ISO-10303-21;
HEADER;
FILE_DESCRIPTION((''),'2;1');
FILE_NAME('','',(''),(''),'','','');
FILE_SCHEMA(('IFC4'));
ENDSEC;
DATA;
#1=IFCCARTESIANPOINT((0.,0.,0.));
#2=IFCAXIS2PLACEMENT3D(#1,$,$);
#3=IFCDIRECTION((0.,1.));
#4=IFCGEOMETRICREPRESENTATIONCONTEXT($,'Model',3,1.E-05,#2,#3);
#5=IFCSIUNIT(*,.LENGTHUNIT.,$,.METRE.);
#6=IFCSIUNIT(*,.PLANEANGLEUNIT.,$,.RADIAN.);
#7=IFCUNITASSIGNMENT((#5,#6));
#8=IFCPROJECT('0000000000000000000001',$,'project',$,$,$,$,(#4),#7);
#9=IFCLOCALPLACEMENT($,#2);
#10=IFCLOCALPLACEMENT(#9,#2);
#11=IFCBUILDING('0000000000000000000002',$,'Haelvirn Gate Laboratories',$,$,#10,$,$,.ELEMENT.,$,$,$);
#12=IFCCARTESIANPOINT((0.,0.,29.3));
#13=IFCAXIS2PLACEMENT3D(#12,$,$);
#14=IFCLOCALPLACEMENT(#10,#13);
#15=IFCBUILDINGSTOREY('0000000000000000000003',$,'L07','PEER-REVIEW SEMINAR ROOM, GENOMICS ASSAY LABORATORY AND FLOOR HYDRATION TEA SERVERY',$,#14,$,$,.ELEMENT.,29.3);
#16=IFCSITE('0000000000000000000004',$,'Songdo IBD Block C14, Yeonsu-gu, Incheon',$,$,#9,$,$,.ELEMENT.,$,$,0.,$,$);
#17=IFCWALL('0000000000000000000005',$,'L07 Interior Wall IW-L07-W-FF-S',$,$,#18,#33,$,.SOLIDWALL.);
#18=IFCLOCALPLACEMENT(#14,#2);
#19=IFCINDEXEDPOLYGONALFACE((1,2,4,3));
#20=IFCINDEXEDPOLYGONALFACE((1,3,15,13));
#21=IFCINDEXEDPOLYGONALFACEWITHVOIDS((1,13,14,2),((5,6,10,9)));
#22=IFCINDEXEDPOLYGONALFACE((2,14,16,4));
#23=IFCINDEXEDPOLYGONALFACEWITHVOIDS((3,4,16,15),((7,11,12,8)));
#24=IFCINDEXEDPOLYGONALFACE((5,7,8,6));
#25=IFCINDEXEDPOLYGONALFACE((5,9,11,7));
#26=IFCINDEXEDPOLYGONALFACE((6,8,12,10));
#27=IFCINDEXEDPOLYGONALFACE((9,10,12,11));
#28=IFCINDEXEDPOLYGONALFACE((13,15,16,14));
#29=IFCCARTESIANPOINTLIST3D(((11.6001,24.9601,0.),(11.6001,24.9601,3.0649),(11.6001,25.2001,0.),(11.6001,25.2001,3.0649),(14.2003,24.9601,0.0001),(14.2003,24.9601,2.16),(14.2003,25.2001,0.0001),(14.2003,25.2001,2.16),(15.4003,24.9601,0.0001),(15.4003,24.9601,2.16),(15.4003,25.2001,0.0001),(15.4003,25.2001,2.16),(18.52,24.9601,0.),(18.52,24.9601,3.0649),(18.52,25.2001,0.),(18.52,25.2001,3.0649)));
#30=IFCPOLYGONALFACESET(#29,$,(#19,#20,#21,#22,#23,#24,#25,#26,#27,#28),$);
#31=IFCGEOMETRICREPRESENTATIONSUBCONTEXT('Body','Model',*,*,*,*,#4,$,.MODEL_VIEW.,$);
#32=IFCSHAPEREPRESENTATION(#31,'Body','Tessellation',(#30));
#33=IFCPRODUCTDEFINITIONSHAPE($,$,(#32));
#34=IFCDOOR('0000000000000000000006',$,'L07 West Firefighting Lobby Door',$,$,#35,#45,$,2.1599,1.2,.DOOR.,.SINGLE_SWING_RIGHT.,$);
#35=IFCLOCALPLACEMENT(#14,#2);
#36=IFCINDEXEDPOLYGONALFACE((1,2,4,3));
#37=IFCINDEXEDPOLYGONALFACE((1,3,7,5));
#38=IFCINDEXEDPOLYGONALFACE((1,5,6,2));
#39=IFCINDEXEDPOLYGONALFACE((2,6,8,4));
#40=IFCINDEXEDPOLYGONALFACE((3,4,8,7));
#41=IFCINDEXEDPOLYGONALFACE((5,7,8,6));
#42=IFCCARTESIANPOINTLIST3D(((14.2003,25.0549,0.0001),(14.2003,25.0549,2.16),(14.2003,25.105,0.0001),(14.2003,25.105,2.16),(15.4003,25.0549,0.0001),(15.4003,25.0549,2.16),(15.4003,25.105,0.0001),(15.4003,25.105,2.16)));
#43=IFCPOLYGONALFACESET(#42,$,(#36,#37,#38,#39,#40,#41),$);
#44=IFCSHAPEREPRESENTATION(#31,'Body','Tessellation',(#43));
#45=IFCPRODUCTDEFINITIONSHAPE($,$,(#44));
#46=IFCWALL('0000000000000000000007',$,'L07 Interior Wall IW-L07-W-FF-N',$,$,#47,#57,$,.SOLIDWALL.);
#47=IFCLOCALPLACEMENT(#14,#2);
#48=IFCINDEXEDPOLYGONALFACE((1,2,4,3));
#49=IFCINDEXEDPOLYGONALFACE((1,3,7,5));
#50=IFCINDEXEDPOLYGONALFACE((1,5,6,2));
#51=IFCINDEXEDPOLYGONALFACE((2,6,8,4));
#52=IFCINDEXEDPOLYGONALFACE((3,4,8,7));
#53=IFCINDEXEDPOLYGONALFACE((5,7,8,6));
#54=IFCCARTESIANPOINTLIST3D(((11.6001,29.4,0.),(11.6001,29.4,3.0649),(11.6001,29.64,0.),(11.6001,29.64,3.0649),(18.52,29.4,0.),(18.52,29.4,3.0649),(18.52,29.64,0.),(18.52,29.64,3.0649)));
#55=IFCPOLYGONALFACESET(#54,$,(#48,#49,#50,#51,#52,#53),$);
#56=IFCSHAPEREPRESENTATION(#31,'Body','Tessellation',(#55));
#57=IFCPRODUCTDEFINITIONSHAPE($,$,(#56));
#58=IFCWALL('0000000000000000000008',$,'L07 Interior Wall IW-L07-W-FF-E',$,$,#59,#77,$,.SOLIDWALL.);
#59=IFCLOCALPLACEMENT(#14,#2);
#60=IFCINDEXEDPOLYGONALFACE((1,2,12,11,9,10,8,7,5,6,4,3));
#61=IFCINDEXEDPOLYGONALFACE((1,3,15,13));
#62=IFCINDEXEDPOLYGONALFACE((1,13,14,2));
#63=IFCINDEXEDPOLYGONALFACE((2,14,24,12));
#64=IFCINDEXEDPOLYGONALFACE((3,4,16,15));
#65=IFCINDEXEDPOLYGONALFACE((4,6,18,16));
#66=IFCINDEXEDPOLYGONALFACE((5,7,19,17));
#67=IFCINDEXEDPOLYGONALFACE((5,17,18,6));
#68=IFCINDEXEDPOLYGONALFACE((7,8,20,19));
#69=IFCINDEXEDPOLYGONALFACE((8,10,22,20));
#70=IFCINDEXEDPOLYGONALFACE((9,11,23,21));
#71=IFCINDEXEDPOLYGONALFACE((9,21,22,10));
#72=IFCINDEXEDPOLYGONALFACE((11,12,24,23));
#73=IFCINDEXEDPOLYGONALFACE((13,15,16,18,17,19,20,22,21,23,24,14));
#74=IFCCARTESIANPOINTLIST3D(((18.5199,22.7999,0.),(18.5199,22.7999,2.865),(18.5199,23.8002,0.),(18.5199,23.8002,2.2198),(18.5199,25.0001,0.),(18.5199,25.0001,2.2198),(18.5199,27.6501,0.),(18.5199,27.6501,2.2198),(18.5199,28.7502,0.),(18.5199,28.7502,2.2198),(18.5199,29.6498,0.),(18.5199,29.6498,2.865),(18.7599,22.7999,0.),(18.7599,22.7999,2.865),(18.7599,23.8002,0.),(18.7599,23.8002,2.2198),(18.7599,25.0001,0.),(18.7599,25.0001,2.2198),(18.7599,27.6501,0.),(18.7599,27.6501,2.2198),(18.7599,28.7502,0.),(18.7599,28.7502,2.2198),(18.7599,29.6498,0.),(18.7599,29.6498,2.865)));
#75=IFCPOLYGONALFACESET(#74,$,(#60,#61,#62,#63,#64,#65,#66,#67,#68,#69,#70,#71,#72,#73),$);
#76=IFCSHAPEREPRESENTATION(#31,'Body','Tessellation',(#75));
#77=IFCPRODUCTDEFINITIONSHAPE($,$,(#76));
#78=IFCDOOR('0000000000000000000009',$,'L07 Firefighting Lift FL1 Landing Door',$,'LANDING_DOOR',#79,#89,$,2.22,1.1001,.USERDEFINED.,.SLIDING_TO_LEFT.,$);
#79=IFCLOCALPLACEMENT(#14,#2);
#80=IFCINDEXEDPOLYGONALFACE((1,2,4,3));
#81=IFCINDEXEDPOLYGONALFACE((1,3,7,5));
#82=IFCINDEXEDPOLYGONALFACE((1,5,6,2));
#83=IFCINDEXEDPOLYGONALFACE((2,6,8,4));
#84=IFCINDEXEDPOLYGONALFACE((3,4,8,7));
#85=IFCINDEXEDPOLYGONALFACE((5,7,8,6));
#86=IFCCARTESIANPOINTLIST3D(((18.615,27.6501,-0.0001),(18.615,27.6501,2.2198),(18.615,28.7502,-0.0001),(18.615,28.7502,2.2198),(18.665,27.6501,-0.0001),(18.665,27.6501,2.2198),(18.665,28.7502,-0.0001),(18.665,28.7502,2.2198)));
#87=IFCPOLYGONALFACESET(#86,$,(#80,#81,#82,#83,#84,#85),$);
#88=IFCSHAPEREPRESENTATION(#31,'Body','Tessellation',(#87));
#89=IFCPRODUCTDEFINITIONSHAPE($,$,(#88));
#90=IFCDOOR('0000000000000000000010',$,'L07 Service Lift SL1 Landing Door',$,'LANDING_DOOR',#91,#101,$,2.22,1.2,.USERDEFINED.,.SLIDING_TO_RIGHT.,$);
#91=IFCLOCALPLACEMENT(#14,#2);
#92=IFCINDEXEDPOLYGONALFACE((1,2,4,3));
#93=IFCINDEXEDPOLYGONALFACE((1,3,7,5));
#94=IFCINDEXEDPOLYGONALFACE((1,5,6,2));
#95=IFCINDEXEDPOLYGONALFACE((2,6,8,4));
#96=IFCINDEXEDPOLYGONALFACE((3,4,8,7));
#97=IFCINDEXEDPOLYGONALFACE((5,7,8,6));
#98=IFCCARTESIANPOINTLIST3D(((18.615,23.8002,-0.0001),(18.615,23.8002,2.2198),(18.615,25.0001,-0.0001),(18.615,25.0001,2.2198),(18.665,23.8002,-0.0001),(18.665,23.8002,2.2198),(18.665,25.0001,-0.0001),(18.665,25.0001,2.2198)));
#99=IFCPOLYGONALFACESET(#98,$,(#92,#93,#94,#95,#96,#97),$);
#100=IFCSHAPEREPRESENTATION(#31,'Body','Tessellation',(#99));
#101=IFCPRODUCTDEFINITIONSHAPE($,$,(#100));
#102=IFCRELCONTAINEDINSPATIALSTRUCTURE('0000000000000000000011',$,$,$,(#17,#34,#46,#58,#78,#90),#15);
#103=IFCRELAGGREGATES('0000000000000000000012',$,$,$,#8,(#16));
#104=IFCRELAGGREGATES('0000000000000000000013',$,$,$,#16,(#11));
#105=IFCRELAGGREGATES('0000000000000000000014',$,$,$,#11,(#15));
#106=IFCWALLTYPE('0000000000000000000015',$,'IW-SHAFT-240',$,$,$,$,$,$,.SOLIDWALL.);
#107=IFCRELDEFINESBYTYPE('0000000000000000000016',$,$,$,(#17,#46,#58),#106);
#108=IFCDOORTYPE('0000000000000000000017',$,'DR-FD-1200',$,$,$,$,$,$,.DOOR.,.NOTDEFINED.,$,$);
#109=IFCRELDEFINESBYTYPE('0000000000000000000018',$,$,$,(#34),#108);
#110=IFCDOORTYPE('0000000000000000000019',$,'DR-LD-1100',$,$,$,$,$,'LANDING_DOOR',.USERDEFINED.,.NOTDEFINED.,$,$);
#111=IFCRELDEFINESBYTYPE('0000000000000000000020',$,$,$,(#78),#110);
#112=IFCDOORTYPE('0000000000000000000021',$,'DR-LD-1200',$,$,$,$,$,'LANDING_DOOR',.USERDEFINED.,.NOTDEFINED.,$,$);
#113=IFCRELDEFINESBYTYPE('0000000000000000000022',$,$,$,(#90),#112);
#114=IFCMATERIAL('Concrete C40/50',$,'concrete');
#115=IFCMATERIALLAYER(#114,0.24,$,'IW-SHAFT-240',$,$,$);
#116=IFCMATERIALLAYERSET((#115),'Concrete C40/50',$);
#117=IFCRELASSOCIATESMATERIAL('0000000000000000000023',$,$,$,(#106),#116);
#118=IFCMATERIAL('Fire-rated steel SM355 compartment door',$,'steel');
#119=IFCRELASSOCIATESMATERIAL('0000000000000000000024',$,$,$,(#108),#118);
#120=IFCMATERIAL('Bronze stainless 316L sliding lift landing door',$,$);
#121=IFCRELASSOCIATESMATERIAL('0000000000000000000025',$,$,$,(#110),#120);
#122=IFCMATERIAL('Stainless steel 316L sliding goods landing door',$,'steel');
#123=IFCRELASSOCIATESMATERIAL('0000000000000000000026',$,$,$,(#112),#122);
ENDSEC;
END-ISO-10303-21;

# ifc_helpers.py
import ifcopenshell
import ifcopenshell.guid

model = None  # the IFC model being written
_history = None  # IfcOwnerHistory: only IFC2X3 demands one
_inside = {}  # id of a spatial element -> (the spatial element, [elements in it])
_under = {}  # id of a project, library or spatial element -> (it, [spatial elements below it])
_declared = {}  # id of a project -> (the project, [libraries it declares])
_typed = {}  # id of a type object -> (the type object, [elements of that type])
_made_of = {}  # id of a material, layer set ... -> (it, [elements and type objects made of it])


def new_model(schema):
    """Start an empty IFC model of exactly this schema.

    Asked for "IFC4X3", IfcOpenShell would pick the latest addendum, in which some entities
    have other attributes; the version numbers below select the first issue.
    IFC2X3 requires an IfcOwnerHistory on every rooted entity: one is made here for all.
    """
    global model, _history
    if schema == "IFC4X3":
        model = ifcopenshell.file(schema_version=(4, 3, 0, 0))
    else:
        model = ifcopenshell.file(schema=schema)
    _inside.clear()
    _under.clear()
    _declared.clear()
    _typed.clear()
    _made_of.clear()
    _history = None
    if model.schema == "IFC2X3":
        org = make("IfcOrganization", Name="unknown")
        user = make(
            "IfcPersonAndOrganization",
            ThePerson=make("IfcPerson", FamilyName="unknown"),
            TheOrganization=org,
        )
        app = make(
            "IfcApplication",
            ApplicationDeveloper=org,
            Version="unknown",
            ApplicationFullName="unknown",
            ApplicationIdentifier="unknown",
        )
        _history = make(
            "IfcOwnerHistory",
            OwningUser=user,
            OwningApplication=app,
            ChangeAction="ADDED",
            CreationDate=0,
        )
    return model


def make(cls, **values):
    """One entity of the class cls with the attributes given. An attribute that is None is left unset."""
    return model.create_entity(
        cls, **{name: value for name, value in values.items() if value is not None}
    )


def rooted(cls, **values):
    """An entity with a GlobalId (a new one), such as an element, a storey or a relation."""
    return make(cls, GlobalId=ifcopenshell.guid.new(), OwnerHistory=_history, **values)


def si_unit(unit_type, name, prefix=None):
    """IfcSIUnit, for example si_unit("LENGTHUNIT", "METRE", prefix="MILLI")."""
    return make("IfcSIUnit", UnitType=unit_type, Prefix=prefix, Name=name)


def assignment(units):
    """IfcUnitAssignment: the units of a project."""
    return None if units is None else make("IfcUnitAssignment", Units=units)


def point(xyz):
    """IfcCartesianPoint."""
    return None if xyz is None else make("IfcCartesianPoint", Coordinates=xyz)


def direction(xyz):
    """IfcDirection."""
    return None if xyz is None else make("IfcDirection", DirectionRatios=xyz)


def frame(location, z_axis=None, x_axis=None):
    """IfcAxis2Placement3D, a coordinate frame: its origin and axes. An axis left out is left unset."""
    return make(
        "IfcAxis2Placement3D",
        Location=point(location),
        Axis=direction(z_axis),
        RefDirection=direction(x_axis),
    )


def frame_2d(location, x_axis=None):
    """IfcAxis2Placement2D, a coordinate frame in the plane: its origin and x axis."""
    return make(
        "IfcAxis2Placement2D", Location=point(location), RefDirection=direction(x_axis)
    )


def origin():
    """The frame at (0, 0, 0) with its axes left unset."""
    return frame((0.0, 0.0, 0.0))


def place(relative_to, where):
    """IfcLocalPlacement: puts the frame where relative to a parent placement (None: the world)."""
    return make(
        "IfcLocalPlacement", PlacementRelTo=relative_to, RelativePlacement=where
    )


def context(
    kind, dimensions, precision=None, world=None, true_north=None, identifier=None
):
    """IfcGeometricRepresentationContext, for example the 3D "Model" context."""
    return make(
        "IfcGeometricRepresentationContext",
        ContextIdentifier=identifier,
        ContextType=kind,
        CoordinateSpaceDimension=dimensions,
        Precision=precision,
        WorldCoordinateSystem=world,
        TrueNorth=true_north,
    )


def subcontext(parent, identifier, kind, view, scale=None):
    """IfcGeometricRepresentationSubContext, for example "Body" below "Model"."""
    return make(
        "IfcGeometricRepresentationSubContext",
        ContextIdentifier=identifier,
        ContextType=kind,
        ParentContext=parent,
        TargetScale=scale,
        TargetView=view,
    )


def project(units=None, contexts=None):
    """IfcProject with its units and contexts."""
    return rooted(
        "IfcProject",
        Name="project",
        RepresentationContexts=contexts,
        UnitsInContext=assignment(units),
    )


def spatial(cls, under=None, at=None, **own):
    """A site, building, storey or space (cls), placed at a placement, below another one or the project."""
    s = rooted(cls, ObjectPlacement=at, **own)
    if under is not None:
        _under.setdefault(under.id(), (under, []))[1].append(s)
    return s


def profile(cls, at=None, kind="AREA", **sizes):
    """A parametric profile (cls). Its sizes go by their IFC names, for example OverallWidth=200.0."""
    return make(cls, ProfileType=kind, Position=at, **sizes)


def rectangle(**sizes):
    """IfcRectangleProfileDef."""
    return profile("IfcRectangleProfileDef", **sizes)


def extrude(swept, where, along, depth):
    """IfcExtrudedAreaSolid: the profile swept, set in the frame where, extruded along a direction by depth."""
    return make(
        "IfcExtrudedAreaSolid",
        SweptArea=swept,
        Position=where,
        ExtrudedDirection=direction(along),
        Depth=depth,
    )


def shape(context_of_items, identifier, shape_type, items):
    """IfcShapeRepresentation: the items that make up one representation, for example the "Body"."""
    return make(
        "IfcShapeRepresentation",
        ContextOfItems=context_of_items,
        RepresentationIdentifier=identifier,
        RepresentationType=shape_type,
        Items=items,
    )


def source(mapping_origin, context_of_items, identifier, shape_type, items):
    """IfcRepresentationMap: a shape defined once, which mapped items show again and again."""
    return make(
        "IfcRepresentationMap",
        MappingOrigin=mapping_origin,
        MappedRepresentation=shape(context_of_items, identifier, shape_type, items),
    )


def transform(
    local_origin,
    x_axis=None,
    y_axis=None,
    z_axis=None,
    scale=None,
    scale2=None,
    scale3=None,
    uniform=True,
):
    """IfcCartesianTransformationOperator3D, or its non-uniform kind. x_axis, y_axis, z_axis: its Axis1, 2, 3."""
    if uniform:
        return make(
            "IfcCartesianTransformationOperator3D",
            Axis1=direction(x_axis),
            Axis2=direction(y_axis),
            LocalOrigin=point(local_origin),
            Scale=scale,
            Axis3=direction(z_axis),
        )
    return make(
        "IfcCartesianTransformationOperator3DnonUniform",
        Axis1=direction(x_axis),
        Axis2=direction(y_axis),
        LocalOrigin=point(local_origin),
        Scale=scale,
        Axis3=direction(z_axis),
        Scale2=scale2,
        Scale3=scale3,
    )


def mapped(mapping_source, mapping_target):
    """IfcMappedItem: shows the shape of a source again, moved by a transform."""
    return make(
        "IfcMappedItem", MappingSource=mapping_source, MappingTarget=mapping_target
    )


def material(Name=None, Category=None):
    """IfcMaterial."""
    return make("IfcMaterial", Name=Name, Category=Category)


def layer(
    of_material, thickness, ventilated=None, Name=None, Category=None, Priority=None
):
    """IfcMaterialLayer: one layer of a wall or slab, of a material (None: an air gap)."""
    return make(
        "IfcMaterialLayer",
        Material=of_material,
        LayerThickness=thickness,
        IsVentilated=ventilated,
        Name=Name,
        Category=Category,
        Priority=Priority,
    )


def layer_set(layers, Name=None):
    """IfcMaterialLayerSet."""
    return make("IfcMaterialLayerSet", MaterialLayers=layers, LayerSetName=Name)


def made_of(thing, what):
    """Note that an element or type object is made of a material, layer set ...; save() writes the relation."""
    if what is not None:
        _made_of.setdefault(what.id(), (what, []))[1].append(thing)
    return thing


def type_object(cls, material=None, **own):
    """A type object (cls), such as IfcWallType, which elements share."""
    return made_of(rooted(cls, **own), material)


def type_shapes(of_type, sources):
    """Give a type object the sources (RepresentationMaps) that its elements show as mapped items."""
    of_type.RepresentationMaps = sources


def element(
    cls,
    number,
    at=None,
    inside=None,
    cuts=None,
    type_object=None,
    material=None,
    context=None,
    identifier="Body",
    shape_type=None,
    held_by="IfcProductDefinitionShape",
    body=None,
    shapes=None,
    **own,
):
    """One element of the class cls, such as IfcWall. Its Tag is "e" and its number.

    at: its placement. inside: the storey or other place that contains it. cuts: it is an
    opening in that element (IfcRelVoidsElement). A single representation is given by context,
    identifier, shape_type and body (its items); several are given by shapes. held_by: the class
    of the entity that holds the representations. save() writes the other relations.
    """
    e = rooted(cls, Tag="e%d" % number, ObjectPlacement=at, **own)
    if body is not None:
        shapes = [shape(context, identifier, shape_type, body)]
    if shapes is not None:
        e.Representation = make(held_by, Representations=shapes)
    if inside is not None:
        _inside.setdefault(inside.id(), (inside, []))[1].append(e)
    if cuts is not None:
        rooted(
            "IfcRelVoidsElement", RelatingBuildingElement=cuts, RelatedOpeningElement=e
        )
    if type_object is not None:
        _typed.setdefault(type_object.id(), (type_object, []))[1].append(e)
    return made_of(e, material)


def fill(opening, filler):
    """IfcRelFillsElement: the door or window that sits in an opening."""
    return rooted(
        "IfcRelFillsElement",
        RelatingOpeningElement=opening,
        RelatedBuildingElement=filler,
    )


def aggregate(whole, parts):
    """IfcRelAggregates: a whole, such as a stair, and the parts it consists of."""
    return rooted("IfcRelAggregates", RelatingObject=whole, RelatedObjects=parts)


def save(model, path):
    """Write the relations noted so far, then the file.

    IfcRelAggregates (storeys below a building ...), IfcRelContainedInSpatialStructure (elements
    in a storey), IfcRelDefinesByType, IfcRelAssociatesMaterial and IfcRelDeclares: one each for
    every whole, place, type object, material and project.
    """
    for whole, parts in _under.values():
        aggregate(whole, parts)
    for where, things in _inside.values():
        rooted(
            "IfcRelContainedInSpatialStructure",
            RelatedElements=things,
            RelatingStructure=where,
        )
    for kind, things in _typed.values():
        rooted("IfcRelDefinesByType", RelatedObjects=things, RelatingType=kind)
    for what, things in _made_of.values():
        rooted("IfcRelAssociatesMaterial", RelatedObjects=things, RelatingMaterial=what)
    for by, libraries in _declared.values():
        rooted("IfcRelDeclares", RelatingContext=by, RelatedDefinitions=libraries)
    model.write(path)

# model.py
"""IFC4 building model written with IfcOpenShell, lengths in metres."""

from ifc_helpers import new_model, si_unit, direction, frame, frame_2d, origin, place, context, subcontext, project, spatial, rectangle, extrude, source, transform, mapped, material, layer, layer_set, type_object, type_shapes, element, fill, save


model = new_model("IFC4")

# Units and contexts
model_context = context("Model", 3, precision=1e-05, world=origin(), true_north=direction((0.0, 1.0)))
body_context = subcontext(model_context, "Body", "Model", "MODEL_VIEW")
ifc_project = project(units=[si_unit("LENGTHUNIT", "METRE"), si_unit("PLANEANGLEUNIT", "RADIAN")], contexts=[model_context])

# Site, building, storey
site_placement = place(None, origin())
site = spatial("IfcSite", under=ifc_project, at=site_placement, Name="Songdo IBD Block C14, Yeonsu-gu, Incheon", CompositionType="ELEMENT", RefElevation=0.0)
building_placement = place(site_placement, origin())
building = spatial("IfcBuilding", under=site, at=building_placement, Name="Haelvirn Gate Laboratories", CompositionType="ELEMENT")
storey_placement = place(building_placement, frame((0.0, 0.0, 29.3)))
storey = spatial("IfcBuildingStorey", under=building, at=storey_placement, Name="L07", Description="PEER-REVIEW SEMINAR ROOM, GENOMICS ASSAY LABORATORY AND FLOOR HYDRATION TEA SERVERY", CompositionType="ELEMENT", Elevation=29.3)

# Shared definitions
ifc_material_1 = material(Name="Concrete C40/50", Category="concrete")

# Wall, opening, door
ifc_layer_1 = layer(ifc_material_1, 0.24, Name="IW-SHAFT-240")
ifc_layer_set_1 = layer_set([ifc_layer_1], Name="Concrete C40/50")
wall_type_1 = type_object("IfcWallType", Name="IW-SHAFT-240", PredefinedType="SOLIDWALL", material=ifc_layer_set_1)
wall_1_placement = place(storey_placement, frame((11.6001, 25.0801, 0.0), z_axis=(0.0, 0.0, 1.0), x_axis=(1.0, 0.0, 0.0)))
wall_1 = element("IfcWall", 1, at=wall_1_placement, inside=storey, type_object=wall_type_1, Name="L07 Interior Wall IW-L07-W-FF-S", PredefinedType="SOLIDWALL", context=body_context, shape_type="SweptSolid", body=[
    extrude(rectangle(XDim=6.9199, YDim=0.24, at=frame_2d((3.46, 0.0))), origin(), (0.0, 0.0, 1.0), 3.0649),
])
opening_1_placement = place(wall_1_placement, frame((2.6001, 0.0, 0.0)))
opening_1 = element("IfcOpeningElement", 2, at=opening_1_placement, cuts=wall_1, PredefinedType="OPENING", context=body_context, shape_type="SweptSolid", body=[
    extrude(rectangle(XDim=1.2, YDim=2.1599, at=frame_2d((0.6001, 1.0801))), frame((0.0, 0.1299, 0.0), z_axis=(0.0, -1.0, 0.0), x_axis=(1.0, 0.0, 0.0)), (0.0, 0.0, 1.0), 0.26),
])
ifc_material_2 = material(Name="Fire-rated steel SM355 compartment door", Category="steel")
door_type_1 = type_object("IfcDoorType", Name="DR-FD-1200", OperationType="NOTDEFINED", PredefinedType="DOOR", material=ifc_material_2)
shared_shape_1 = source(origin(), body_context, "Body", "SweptSolid", [
    extrude(rectangle(XDim=1.2, YDim=2.1599, at=frame_2d((0.6001, 1.0801))), frame((0.0, 0.0249, 0.0), z_axis=(0.0, -1.0, 0.0), x_axis=(1.0, 0.0, 0.0)), (0.0, 0.0, 1.0), 0.05),
])
type_shapes(door_type_1, [shared_shape_1])
door_1_placement = place(opening_1_placement, origin())
door_1 = element("IfcDoor", 3, at=door_1_placement, inside=storey, type_object=door_type_1, Name="L07 West Firefighting Lobby Door", OperationType="SINGLE_SWING_RIGHT", OverallHeight=2.1599, OverallWidth=1.2, PredefinedType="DOOR", context=body_context, shape_type="MappedRepresentation", body=[
    mapped(shared_shape_1, transform((0.0, 0.0, 0.0), scale=1.0)),
])
fill(opening_1, door_1)

# Wall
wall_2_placement = place(storey_placement, frame((11.6001, 29.52, 0.0), z_axis=(0.0, 0.0, 1.0), x_axis=(1.0, 0.0, 0.0)))
element("IfcWall", 4, at=wall_2_placement, inside=storey, type_object=wall_type_1, Name="L07 Interior Wall IW-L07-W-FF-N", PredefinedType="SOLIDWALL", context=body_context, shape_type="SweptSolid", body=[
    extrude(rectangle(XDim=6.9199, YDim=0.24, at=frame_2d((3.46, 0.0))), origin(), (0.0, 0.0, 1.0), 3.0649),
])

# Wall, openings, doors
wall_3_placement = place(storey_placement, frame((18.6399, 22.8, 0.0), z_axis=(0.0, 0.0, 1.0), x_axis=(0.0, 1.0, 0.0)))
wall_3 = element("IfcWall", 5, at=wall_3_placement, inside=storey, type_object=wall_type_1, Name="L07 Interior Wall IW-L07-W-FF-E", PredefinedType="SOLIDWALL", context=body_context, shape_type="SweptSolid", body=[
    extrude(rectangle(XDim=6.8499, YDim=0.24, at=frame_2d((3.4248, 0.0))), origin(), (0.0, 0.0, 1.0), 2.865),
])
opening_2_placement = place(wall_3_placement, frame((4.8501, 0.0, 0.0)))
opening_2 = element("IfcOpeningElement", 6, at=opening_2_placement, cuts=wall_3, PredefinedType="OPENING", context=body_context, shape_type="SweptSolid", body=[
    extrude(rectangle(XDim=1.1001, YDim=2.22, at=frame_2d((0.55, 1.1099))), frame((0.0, 0.1299, 0.0), z_axis=(0.0, -1.0, 0.0), x_axis=(1.0, 0.0, 0.0)), (0.0, 0.0, 1.0), 0.26),
])
opening_3_placement = place(wall_3_placement, frame((1.0, 0.0, 0.0)))
opening_3 = element("IfcOpeningElement", 7, at=opening_3_placement, cuts=wall_3, PredefinedType="OPENING", context=body_context, shape_type="SweptSolid", body=[
    extrude(rectangle(XDim=1.2, YDim=2.22, at=frame_2d((0.6001, 1.1099))), frame((0.0, 0.1299, 0.0), z_axis=(0.0, -1.0, 0.0), x_axis=(1.0, 0.0, 0.0)), (0.0, 0.0, 1.0), 0.26),
])
ifc_material_3 = material(Name="Bronze stainless 316L sliding lift landing door")
door_type_2 = type_object("IfcDoorType", Name="DR-LD-1100", ElementType="LANDING_DOOR", OperationType="NOTDEFINED", PredefinedType="USERDEFINED", material=ifc_material_3)
shared_shape_2 = source(origin(), body_context, "Body", "SweptSolid", [
    extrude(rectangle(XDim=1.1001, YDim=2.22, at=frame_2d((0.55, 1.1099))), frame((0.0, 0.0249, 0.0), z_axis=(0.0, -1.0, 0.0), x_axis=(1.0, 0.0, 0.0)), (0.0, 0.0, 1.0), 0.05),
])
type_shapes(door_type_2, [shared_shape_2])
door_2_placement = place(opening_2_placement, origin())
door_2 = element("IfcDoor", 8, at=door_2_placement, inside=storey, type_object=door_type_2, Name="L07 Firefighting Lift FL1 Landing Door", ObjectType="LANDING_DOOR", OperationType="SLIDING_TO_LEFT", OverallHeight=2.22, OverallWidth=1.1001, PredefinedType="USERDEFINED", context=body_context, shape_type="MappedRepresentation", body=[
    mapped(shared_shape_2, transform((0.0, 0.0, 0.0), scale=1.0)),
])
fill(opening_2, door_2)
ifc_material_4 = material(Name="Stainless steel 316L sliding goods landing door", Category="steel")
door_type_3 = type_object("IfcDoorType", Name="DR-LD-1200", ElementType="LANDING_DOOR", OperationType="NOTDEFINED", PredefinedType="USERDEFINED", material=ifc_material_4)
shared_shape_3 = source(origin(), body_context, "Body", "SweptSolid", [
    extrude(rectangle(XDim=1.2, YDim=2.22, at=frame_2d((0.6001, 1.1099))), frame((0.0, 0.0249, 0.0), z_axis=(0.0, -1.0, 0.0), x_axis=(1.0, 0.0, 0.0)), (0.0, 0.0, 1.0), 0.05),
])
type_shapes(door_type_3, [shared_shape_3])
door_3_placement = place(opening_3_placement, origin())
door_3 = element("IfcDoor", 9, at=door_3_placement, inside=storey, type_object=door_type_3, Name="L07 Service Lift SL1 Landing Door", ObjectType="LANDING_DOOR", OperationType="SLIDING_TO_RIGHT", OverallHeight=2.22, OverallWidth=1.2, PredefinedType="USERDEFINED", context=body_context, shape_type="MappedRepresentation", body=[
    mapped(shared_shape_3, transform((0.0, 0.0, 0.0), scale=1.0)),
])
fill(opening_3, door_3)

save(model, "model.ifc")
